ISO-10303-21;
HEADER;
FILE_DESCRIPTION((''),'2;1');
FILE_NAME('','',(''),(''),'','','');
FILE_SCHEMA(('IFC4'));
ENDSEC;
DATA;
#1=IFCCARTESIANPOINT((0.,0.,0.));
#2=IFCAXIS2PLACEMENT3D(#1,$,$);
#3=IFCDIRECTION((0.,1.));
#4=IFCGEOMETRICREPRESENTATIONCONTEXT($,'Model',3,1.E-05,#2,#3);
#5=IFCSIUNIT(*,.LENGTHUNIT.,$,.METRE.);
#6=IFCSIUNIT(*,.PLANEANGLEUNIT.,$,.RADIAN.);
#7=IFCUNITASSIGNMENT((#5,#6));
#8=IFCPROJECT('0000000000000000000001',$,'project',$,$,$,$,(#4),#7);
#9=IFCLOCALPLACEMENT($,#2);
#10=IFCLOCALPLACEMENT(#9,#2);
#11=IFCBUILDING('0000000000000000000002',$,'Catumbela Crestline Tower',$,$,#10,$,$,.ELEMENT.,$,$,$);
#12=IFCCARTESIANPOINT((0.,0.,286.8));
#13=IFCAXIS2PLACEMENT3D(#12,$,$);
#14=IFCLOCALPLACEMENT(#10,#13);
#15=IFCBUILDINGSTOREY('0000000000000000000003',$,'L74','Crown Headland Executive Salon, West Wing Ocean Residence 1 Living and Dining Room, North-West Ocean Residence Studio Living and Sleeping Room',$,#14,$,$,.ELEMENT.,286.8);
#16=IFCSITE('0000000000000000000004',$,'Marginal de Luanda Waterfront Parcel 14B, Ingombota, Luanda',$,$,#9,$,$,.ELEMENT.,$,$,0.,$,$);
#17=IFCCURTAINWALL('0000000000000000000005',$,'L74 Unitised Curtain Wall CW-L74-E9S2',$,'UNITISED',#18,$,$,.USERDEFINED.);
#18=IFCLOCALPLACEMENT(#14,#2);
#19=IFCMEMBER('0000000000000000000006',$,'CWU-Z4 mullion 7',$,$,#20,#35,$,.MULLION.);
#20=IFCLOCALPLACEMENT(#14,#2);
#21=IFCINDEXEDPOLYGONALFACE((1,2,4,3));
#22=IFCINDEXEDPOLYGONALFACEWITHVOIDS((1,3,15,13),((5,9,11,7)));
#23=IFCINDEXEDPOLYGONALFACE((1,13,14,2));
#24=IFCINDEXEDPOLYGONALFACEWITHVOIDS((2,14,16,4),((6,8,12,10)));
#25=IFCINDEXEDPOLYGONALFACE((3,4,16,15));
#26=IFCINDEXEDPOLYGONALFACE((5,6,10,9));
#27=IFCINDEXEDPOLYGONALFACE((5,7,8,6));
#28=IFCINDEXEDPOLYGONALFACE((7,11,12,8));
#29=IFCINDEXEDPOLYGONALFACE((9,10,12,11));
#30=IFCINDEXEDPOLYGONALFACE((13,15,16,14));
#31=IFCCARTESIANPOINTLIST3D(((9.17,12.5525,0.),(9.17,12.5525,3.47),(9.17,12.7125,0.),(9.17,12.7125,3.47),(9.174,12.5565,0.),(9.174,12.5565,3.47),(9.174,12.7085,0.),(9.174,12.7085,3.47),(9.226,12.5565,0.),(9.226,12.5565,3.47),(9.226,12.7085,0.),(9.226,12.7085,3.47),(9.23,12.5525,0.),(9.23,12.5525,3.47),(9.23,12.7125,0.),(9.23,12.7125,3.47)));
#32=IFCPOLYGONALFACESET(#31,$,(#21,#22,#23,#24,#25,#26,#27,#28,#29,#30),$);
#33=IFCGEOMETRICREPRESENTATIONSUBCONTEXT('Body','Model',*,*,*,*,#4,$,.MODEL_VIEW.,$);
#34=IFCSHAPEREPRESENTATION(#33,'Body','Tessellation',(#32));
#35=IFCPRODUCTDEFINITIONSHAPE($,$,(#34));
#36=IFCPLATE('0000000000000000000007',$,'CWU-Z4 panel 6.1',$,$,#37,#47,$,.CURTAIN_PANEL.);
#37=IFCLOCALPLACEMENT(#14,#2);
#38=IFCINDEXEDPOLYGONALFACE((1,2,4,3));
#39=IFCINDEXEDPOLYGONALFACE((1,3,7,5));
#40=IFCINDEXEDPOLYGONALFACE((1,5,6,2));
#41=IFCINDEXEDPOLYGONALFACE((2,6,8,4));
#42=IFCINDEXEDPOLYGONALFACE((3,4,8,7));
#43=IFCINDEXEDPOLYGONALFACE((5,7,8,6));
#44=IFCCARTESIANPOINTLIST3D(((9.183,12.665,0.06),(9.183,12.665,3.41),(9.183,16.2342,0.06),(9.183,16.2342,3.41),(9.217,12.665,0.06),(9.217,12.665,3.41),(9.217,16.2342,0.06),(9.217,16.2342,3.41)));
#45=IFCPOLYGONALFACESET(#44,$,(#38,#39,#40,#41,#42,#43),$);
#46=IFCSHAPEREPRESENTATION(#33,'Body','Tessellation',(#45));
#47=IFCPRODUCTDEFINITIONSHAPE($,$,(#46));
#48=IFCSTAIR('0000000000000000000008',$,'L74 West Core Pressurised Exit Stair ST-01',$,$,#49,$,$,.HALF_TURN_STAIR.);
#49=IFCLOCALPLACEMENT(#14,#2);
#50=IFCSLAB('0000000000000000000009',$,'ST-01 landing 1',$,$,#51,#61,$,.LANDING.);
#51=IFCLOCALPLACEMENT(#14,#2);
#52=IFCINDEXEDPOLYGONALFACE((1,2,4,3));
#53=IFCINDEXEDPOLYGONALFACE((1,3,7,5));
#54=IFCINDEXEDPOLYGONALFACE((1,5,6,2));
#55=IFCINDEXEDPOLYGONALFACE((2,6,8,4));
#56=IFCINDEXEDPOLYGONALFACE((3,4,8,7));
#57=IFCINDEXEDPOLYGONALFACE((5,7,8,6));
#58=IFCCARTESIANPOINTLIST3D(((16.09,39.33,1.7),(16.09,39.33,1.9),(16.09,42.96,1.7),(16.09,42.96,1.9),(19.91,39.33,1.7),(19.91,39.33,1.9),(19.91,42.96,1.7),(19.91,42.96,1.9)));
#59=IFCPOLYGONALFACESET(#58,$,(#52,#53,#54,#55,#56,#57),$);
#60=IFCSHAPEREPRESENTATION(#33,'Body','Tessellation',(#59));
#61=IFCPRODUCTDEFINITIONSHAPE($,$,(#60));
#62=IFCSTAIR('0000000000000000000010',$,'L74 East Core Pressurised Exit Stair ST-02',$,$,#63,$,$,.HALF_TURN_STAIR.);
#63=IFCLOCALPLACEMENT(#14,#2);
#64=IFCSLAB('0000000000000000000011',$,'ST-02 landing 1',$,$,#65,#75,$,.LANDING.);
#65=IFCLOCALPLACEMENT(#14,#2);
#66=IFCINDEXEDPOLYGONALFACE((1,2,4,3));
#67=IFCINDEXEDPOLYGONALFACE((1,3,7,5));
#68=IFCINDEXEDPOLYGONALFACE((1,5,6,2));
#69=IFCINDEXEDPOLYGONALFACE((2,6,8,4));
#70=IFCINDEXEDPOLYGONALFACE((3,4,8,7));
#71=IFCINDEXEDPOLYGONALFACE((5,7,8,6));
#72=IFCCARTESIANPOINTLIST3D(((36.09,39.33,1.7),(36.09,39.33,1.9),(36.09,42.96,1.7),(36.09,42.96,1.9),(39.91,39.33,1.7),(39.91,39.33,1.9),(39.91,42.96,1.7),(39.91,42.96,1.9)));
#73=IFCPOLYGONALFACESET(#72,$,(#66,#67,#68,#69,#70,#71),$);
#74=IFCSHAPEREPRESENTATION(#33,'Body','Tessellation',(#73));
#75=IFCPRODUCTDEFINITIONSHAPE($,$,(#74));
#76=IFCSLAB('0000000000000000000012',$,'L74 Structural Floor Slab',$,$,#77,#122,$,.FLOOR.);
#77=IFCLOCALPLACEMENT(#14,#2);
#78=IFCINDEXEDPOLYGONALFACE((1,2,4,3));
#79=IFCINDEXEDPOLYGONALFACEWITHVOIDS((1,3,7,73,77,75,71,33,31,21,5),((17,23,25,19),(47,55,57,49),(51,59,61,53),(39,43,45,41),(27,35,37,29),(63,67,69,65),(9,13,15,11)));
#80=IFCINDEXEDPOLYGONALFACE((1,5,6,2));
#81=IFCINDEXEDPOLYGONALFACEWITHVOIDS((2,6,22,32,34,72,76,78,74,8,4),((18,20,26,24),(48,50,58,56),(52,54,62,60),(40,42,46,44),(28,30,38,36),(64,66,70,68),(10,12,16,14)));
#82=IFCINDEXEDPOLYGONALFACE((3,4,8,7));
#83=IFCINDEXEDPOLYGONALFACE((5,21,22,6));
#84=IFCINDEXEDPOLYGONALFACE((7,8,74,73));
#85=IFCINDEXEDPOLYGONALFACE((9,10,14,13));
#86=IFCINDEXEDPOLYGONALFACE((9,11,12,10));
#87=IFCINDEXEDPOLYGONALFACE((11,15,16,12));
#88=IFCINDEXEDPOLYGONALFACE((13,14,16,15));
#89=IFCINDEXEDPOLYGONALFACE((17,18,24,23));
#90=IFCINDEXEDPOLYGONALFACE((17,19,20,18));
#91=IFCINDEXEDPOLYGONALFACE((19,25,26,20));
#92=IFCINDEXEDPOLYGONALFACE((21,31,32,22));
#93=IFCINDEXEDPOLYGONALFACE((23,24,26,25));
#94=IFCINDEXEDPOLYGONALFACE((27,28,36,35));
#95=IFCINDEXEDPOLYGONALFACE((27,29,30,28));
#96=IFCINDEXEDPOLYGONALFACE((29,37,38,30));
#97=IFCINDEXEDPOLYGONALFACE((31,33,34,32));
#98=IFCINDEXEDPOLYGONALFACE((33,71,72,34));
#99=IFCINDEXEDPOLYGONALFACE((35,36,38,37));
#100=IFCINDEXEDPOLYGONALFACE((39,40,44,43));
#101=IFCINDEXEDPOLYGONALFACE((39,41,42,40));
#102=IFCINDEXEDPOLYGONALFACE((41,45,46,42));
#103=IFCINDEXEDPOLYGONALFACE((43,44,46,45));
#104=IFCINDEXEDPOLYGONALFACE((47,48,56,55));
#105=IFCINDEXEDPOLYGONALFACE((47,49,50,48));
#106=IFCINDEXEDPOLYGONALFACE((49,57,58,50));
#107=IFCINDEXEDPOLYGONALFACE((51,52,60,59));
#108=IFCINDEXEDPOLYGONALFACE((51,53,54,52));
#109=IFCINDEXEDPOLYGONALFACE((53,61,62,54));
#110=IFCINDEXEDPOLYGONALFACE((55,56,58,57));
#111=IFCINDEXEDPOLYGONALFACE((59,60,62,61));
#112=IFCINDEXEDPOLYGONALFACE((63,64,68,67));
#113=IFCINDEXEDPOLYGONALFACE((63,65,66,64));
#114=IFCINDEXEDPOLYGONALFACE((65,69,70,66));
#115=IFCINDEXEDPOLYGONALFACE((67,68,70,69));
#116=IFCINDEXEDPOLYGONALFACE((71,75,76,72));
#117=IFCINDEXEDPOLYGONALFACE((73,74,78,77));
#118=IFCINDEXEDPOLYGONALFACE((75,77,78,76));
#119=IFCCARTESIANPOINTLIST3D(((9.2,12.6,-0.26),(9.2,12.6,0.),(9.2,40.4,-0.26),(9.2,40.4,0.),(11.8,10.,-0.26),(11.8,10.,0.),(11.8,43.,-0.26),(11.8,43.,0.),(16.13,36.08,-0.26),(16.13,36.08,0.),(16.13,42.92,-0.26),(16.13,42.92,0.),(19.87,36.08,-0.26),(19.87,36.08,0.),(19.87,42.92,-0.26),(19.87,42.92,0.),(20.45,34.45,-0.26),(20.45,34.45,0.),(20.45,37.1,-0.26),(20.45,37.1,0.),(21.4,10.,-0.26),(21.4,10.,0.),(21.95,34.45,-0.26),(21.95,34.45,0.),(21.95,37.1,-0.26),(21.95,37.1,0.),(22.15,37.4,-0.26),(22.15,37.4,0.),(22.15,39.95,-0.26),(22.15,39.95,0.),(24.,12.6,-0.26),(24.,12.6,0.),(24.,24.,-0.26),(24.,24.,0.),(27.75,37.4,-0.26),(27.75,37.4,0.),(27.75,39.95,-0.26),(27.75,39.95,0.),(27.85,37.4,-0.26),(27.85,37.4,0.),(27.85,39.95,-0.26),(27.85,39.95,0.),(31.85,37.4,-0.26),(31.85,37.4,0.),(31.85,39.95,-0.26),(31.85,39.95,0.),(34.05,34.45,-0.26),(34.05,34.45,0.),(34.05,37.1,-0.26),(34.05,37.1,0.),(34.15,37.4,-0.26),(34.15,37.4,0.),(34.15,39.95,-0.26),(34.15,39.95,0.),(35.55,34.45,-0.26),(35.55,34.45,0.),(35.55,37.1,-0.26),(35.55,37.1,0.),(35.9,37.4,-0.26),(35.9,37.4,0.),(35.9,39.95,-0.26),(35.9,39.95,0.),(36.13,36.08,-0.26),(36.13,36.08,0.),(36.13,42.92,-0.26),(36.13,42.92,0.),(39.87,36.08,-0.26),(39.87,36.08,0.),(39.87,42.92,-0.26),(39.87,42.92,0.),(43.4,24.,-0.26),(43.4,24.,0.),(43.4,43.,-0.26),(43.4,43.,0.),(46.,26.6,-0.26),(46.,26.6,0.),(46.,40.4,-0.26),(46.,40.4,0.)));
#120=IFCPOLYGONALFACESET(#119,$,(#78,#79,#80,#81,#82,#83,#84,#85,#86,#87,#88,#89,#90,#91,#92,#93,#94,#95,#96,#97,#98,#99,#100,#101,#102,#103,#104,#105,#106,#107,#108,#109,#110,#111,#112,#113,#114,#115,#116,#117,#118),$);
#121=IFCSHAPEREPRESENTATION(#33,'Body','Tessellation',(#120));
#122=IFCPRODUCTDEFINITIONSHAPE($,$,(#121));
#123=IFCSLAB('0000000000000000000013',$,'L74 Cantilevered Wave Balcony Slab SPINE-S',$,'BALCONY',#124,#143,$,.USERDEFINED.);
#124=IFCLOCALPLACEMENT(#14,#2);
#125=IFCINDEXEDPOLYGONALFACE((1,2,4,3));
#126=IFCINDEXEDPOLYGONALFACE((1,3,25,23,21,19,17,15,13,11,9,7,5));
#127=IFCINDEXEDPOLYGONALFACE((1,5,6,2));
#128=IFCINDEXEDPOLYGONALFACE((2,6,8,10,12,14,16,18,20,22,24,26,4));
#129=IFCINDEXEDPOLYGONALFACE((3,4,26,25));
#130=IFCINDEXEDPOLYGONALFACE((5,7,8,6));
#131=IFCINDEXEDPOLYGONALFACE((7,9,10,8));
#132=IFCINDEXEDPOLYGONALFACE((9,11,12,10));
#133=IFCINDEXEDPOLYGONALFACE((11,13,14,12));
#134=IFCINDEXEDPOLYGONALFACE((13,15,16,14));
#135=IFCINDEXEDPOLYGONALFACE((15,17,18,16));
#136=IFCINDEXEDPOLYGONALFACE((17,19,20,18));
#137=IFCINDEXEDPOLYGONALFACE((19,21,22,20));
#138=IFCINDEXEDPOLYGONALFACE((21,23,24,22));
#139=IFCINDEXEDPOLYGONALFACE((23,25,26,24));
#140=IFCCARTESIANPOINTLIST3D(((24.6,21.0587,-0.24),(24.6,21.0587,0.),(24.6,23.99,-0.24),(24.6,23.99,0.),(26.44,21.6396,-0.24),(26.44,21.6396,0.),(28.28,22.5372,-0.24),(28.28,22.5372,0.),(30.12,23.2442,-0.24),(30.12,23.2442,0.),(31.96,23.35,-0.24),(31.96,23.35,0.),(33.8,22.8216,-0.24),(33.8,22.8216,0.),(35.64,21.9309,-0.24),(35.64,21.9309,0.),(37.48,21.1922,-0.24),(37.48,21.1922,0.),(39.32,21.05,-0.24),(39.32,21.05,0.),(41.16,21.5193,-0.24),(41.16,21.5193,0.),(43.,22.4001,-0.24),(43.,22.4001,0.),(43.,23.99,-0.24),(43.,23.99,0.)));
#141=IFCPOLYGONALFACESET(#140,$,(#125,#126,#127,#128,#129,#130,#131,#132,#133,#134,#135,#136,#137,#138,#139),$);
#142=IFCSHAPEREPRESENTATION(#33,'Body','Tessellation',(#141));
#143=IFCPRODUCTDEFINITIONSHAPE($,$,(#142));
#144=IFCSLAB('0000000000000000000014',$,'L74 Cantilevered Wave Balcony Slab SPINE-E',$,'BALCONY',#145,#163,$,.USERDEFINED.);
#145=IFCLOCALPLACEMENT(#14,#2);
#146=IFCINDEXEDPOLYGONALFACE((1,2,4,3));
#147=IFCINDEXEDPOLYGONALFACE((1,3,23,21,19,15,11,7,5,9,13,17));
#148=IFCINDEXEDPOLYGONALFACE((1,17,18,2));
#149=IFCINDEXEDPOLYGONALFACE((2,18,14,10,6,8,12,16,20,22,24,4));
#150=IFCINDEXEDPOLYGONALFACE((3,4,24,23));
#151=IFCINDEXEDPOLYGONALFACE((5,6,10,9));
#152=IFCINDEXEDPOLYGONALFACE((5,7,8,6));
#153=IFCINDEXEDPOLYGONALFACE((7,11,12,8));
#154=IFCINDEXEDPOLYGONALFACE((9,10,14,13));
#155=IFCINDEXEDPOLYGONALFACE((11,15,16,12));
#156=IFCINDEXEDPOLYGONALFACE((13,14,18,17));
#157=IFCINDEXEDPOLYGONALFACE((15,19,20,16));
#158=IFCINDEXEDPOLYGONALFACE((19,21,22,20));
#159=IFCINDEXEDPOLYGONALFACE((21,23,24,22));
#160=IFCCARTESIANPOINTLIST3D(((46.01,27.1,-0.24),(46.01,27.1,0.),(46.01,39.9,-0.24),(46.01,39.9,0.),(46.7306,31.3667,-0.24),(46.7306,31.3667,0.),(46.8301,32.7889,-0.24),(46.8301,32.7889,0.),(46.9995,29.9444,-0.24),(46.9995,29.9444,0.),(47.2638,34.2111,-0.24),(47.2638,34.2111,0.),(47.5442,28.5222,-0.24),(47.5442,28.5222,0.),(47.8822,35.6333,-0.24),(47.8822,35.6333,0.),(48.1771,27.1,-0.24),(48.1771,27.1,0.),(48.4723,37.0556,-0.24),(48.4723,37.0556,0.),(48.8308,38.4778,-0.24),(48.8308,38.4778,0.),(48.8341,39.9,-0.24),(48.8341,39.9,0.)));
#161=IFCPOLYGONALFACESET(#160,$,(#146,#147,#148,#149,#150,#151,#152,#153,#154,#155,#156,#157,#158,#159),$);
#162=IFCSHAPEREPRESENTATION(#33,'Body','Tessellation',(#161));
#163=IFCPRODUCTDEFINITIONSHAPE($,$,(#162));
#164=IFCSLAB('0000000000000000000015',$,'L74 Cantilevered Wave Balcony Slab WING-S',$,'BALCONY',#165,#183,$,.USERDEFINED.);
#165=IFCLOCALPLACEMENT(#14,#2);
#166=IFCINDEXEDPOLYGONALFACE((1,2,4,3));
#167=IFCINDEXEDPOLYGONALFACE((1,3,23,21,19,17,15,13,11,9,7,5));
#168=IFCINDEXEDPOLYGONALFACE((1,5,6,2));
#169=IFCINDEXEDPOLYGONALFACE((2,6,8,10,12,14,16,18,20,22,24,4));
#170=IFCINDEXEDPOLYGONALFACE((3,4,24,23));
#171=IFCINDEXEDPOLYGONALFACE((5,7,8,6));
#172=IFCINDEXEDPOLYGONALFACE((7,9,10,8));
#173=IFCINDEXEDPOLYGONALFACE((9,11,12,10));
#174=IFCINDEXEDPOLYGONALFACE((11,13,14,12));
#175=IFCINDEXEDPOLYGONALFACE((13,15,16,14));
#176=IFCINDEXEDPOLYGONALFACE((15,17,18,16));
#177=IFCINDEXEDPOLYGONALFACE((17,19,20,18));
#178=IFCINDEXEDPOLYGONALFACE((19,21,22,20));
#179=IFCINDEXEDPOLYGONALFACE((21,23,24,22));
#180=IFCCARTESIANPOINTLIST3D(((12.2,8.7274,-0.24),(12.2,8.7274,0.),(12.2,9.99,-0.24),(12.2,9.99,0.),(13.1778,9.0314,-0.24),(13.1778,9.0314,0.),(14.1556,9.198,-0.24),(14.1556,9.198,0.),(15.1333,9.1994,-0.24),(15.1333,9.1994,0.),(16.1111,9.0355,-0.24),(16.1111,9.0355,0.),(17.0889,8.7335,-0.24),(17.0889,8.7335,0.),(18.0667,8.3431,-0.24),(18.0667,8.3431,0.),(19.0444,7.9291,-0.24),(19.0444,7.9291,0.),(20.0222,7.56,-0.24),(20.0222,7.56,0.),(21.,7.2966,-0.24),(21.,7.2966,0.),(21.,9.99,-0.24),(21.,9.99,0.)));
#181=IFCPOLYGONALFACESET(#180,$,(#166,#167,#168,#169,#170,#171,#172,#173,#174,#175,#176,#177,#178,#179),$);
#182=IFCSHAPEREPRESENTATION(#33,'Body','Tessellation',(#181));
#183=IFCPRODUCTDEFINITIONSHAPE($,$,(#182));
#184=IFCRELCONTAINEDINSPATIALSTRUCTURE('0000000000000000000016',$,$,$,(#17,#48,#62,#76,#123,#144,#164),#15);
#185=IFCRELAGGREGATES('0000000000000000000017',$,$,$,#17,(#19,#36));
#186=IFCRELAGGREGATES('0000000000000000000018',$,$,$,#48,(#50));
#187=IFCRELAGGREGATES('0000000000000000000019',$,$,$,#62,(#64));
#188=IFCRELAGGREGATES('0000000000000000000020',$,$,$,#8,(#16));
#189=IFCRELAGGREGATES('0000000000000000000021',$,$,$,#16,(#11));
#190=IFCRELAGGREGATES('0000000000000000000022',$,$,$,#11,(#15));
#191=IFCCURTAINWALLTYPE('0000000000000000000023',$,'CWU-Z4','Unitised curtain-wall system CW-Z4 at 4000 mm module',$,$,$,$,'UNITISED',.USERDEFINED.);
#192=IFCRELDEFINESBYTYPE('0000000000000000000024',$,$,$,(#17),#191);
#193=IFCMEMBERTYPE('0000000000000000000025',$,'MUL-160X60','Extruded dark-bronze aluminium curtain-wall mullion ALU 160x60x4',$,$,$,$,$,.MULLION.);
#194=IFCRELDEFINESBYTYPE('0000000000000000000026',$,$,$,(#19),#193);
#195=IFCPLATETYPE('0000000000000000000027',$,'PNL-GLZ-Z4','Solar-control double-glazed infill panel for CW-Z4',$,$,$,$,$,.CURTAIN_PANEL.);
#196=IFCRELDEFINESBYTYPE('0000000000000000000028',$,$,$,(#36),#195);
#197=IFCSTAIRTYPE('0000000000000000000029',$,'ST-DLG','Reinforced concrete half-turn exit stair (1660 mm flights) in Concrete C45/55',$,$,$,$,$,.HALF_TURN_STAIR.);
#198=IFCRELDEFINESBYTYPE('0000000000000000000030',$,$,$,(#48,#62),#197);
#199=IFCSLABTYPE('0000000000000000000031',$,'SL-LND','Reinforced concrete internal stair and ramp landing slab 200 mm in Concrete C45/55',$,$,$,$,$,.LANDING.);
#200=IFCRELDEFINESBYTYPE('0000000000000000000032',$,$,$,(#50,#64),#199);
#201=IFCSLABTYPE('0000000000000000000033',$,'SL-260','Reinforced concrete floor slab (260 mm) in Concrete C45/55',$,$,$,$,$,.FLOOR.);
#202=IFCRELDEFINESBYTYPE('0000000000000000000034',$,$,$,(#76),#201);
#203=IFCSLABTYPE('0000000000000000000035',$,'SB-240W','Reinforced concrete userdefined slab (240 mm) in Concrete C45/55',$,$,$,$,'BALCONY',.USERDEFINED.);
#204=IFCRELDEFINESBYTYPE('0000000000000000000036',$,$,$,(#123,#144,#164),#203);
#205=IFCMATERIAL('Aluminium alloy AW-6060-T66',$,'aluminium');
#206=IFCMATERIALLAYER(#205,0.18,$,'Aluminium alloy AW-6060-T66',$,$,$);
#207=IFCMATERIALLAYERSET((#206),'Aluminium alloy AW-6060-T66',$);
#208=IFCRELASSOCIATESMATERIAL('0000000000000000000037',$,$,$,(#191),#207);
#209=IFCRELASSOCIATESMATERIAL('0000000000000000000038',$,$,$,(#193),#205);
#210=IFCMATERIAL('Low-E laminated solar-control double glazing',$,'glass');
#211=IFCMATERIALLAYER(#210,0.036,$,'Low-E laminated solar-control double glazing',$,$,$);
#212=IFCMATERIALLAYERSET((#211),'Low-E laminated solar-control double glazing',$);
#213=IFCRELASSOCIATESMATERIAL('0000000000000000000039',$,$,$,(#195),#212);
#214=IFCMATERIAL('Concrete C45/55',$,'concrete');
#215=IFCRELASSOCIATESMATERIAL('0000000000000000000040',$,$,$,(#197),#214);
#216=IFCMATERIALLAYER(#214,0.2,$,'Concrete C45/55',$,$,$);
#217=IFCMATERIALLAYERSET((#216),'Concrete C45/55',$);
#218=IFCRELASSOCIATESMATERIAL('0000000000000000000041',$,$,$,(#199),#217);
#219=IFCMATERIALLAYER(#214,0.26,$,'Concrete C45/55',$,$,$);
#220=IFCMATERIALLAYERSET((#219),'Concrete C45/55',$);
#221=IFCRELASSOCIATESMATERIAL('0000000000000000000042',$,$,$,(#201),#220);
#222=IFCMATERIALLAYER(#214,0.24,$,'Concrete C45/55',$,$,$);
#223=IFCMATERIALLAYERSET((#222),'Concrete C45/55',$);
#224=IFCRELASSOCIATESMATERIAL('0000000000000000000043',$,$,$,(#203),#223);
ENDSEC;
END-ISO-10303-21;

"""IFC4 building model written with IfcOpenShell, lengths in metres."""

from ifc_helpers import new_model, si_unit, direction, frame, origin, origin_2d, place, context, subcontext, project, spatial, polyline, rectangle, hollow_rectangle, outline, extrude, material, layer, layer_set, material_profile, profile_set, type_object, element, aggregate, save


model = new_model("IFC4")

# Units and contexts
model_context = context("Model", 3, precision=1e-05, world=origin(), true_north=direction((0.0, 1.0)))
body_context = subcontext(model_context, "Body", "Model", "MODEL_VIEW")
ifc_project = project(units=[si_unit("LENGTHUNIT", "METRE"), si_unit("PLANEANGLEUNIT", "RADIAN")], contexts=[model_context])

# Site, building, storey
site_placement = place(None, origin())
site = spatial("IfcSite", under=ifc_project, at=site_placement, Name="Marginal de Luanda Waterfront Parcel 14B, Ingombota, Luanda", CompositionType="ELEMENT", RefElevation=0.0)
building_placement = place(site_placement, origin())
building = spatial("IfcBuilding", under=site, at=building_placement, Name="Catumbela Crestline Tower", CompositionType="ELEMENT")
storey_placement = place(building_placement, frame((0.0, 0.0, 286.8)))
storey = spatial("IfcBuildingStorey", under=building, at=storey_placement, Name="L74", Description="Crown Headland Executive Salon, West Wing Ocean Residence 1 Living and Dining Room, North-West Ocean Residence Studio Living and Sleeping Room", CompositionType="ELEMENT", Elevation=286.8)

# Curtain wall, member, plate
ifc_material_1 = material(Name="Aluminium alloy AW-6060-T66", Category="aluminium")
ifc_layer_1 = layer(ifc_material_1, 0.18, Name="Aluminium alloy AW-6060-T66")
ifc_layer_set_1 = layer_set([ifc_layer_1], Name="Aluminium alloy AW-6060-T66")
curtain_wall_type = type_object("IfcCurtainWallType", Name="CWU-Z4", Description="Unitised curtain-wall system CW-Z4 at 4000 mm module", ElementType="UNITISED", PredefinedType="USERDEFINED", material=ifc_layer_set_1)
curtain_wall_placement = place(storey_placement, origin())
curtain_wall = element("IfcCurtainWall", 1, at=curtain_wall_placement, inside=storey, type_object=curtain_wall_type, Name="L74 Unitised Curtain Wall CW-L74-E9S2", ObjectType="UNITISED", PredefinedType="USERDEFINED")
ifc_material_profile = material_profile(ifc_material_1, hollow_rectangle(XDim=0.06, YDim=0.16, WallThickness=0.004, at=origin_2d()), Name="ALU 160x60x4")
ifc_profile_set = profile_set([ifc_material_profile], Name="Aluminium alloy AW-6060-T66")
member_type = type_object("IfcMemberType", Name="MUL-160X60", Description="Extruded dark-bronze aluminium curtain-wall mullion ALU 160x60x4", PredefinedType="MULLION", material=ifc_profile_set)
member_placement = place(storey_placement, frame((9.2, 12.6325, 0.0), z_axis=(0.0, 0.0, 1.0), x_axis=(1.0, 0.0, 0.0)))
member = element("IfcMember", 2, at=member_placement, type_object=member_type, Name="CWU-Z4 mullion 7", PredefinedType="MULLION", context=body_context, shape_type="SweptSolid", body=[
    extrude(hollow_rectangle(XDim=0.06, YDim=0.16, WallThickness=0.004, at=origin_2d()), origin(), (0.0, 0.0, 1.0), 3.47),
])
ifc_material_2 = material(Name="Low-E laminated solar-control double glazing", Category="glass")
ifc_layer_2 = layer(ifc_material_2, 0.036, Name="Low-E laminated solar-control double glazing")
ifc_layer_set_2 = layer_set([ifc_layer_2], Name="Low-E laminated solar-control double glazing")
plate_type = type_object("IfcPlateType", Name="PNL-GLZ-Z4", Description="Solar-control double-glazed infill panel for CW-Z4", PredefinedType="CURTAIN_PANEL", material=ifc_layer_set_2)
plate_placement = place(storey_placement, frame((9.2, 14.4496, 0.06), z_axis=(0.0, 0.0, 1.0), x_axis=(0.0, -1.0, 0.0)))
plate = element("IfcPlate", 3, at=plate_placement, type_object=plate_type, Name="CWU-Z4 panel 6.1", PredefinedType="CURTAIN_PANEL", context=body_context, shape_type="SweptSolid", body=[
    extrude(rectangle(XDim=3.5692, YDim=0.034, at=origin_2d()), origin(), (0.0, 0.0, 1.0), 3.35),
])
aggregate(curtain_wall, [member, plate])

# Stairs, slabs
ifc_material_3 = material(Name="Concrete C45/55", Category="concrete")
stair_type = type_object("IfcStairType", Name="ST-DLG", Description="Reinforced concrete half-turn exit stair (1660 mm flights) in Concrete C45/55", PredefinedType="HALF_TURN_STAIR", material=ifc_material_3)
stair_1_placement = place(storey_placement, origin())
stair_1 = element("IfcStair", 4, at=stair_1_placement, inside=storey, type_object=stair_type, Name="L74 West Core Pressurised Exit Stair ST-01", PredefinedType="HALF_TURN_STAIR")
ifc_layer_3 = layer(ifc_material_3, 0.2, Name="Concrete C45/55")
ifc_layer_set_3 = layer_set([ifc_layer_3], Name="Concrete C45/55")
slab_type_1 = type_object("IfcSlabType", Name="SL-LND", Description="Reinforced concrete internal stair and ramp landing slab 200 mm in Concrete C45/55", PredefinedType="LANDING", material=ifc_layer_set_3)
slab_1_placement = place(storey_placement, frame((0.0, 0.0, 1.7)))
slab_1 = element("IfcSlab", 5, at=slab_1_placement, type_object=slab_type_1, Name="ST-01 landing 1", PredefinedType="LANDING", context=body_context, shape_type="SweptSolid", body=[
    extrude(outline(polyline([(19.91, 39.33), (19.91, 42.96), (16.09, 42.96), (16.09, 39.33), (19.91, 39.33)])), origin(), (0.0, 0.0, 1.0), 0.2),
])
aggregate(stair_1, [slab_1])
stair_2_placement = place(storey_placement, origin())
stair_2 = element("IfcStair", 6, at=stair_2_placement, inside=storey, type_object=stair_type, Name="L74 East Core Pressurised Exit Stair ST-02", PredefinedType="HALF_TURN_STAIR")
slab_2_placement = place(storey_placement, frame((0.0, 0.0, 1.7)))
slab_2 = element("IfcSlab", 7, at=slab_2_placement, type_object=slab_type_1, Name="ST-02 landing 1", PredefinedType="LANDING", context=body_context, shape_type="SweptSolid", body=[
    extrude(outline(polyline([(39.91, 39.33), (39.91, 42.96), (36.09, 42.96), (36.09, 39.33), (39.91, 39.33)])), origin(), (0.0, 0.0, 1.0), 0.2),
])
aggregate(stair_2, [slab_2])

# Slabs
ifc_layer_4 = layer(ifc_material_3, 0.26, Name="Concrete C45/55")
ifc_layer_set_4 = layer_set([ifc_layer_4], Name="Concrete C45/55")
slab_type_2 = type_object("IfcSlabType", Name="SL-260", Description="Reinforced concrete floor slab (260 mm) in Concrete C45/55", PredefinedType="FLOOR", material=ifc_layer_set_4)
slab_3_placement = place(storey_placement, frame((0.0, 0.0, -0.26)))
element("IfcSlab", 8, at=slab_3_placement, inside=storey, type_object=slab_type_2, Name="L74 Structural Floor Slab", PredefinedType="FLOOR", context=body_context, shape_type="SweptSolid", body=[
    extrude(outline(polyline([(11.8, 10.0), (21.4, 10.0), (24.0, 12.6), (24.0, 24.0), (43.4, 24.0), (46.0, 26.6), (46.0, 40.4), (43.4, 43.0), (11.8, 43.0), (9.2, 40.4), (9.2, 12.6), (11.8, 10.0)]), holes=[polyline([(16.13, 36.08), (19.87, 36.08), (19.87, 42.92), (16.13, 42.92), (16.13, 36.08)]), polyline([(36.13, 36.08), (39.87, 36.08), (39.87, 42.92), (36.13, 42.92), (36.13, 36.08)]), polyline([(22.15, 37.4), (27.75, 37.4), (27.75, 39.95), (22.15, 39.95), (22.15, 37.4)]), polyline([(27.85, 37.4), (31.85, 37.4), (31.85, 39.95), (27.85, 39.95), (27.85, 37.4)]), polyline([(20.45, 34.45), (21.95, 34.45), (21.95, 37.1), (20.45, 37.1), (20.45, 34.45)]), polyline([(34.05, 34.45), (35.55, 34.45), (35.55, 37.1), (34.05, 37.1), (34.05, 34.45)]), polyline([(34.15, 37.4), (35.9, 37.4), (35.9, 39.95), (34.15, 39.95), (34.15, 37.4)])]), origin(), (0.0, 0.0, 1.0), 0.26),
])
ifc_layer_5 = layer(ifc_material_3, 0.24, Name="Concrete C45/55")
ifc_layer_set_5 = layer_set([ifc_layer_5], Name="Concrete C45/55")
slab_type_3 = type_object("IfcSlabType", Name="SB-240W", Description="Reinforced concrete userdefined slab (240 mm) in Concrete C45/55", ElementType="BALCONY", PredefinedType="USERDEFINED", material=ifc_layer_set_5)
slab_4_placement = place(storey_placement, frame((0.0, 0.0, -0.24)))
element("IfcSlab", 9, at=slab_4_placement, inside=storey, type_object=slab_type_3, Name="L74 Cantilevered Wave Balcony Slab SPINE-S", ObjectType="BALCONY", PredefinedType="USERDEFINED", context=body_context, shape_type="SweptSolid", body=[
    extrude(outline(polyline([(24.6, 21.0587), (26.44, 21.6396), (28.28, 22.5372), (30.12, 23.2442), (31.96, 23.35), (33.8, 22.8216), (35.64, 21.9309), (37.48, 21.1922), (39.32, 21.05), (41.16, 21.5193), (43.0, 22.4001), (43.0, 23.99), (24.6, 23.99), (24.6, 21.0587)])), origin(), (0.0, 0.0, 1.0), 0.24),
])
slab_5_placement = place(storey_placement, frame((0.0, 0.0, -0.24)))
element("IfcSlab", 10, at=slab_5_placement, inside=storey, type_object=slab_type_3, Name="L74 Cantilevered Wave Balcony Slab SPINE-E", ObjectType="BALCONY", PredefinedType="USERDEFINED", context=body_context, shape_type="SweptSolid", body=[
    extrude(outline(polyline([(46.01, 27.1), (48.1771, 27.1), (47.5442, 28.5222), (46.9995, 29.9444), (46.7306, 31.3667), (46.8301, 32.7889), (47.2638, 34.2111), (47.8822, 35.6333), (48.4723, 37.0556), (48.8308, 38.4778), (48.8341, 39.9), (46.01, 39.9), (46.01, 27.1)])), origin(), (0.0, 0.0, 1.0), 0.24),
])
slab_6_placement = place(storey_placement, frame((0.0, 0.0, -0.24)))
element("IfcSlab", 11, at=slab_6_placement, inside=storey, type_object=slab_type_3, Name="L74 Cantilevered Wave Balcony Slab WING-S", ObjectType="BALCONY", PredefinedType="USERDEFINED", context=body_context, shape_type="SweptSolid", body=[
    extrude(outline(polyline([(12.2, 8.7274), (13.1778, 9.0314), (14.1556, 9.198), (15.1333, 9.1994), (16.1111, 9.0355), (17.0889, 8.7335), (18.0667, 8.3431), (19.0444, 7.9291), (20.0222, 7.56), (21.0, 7.2966), (21.0, 9.99), (12.2, 9.99), (12.2, 8.7274)])), origin(), (0.0, 0.0, 1.0), 0.24),
])

save(model, "model.ifc")
